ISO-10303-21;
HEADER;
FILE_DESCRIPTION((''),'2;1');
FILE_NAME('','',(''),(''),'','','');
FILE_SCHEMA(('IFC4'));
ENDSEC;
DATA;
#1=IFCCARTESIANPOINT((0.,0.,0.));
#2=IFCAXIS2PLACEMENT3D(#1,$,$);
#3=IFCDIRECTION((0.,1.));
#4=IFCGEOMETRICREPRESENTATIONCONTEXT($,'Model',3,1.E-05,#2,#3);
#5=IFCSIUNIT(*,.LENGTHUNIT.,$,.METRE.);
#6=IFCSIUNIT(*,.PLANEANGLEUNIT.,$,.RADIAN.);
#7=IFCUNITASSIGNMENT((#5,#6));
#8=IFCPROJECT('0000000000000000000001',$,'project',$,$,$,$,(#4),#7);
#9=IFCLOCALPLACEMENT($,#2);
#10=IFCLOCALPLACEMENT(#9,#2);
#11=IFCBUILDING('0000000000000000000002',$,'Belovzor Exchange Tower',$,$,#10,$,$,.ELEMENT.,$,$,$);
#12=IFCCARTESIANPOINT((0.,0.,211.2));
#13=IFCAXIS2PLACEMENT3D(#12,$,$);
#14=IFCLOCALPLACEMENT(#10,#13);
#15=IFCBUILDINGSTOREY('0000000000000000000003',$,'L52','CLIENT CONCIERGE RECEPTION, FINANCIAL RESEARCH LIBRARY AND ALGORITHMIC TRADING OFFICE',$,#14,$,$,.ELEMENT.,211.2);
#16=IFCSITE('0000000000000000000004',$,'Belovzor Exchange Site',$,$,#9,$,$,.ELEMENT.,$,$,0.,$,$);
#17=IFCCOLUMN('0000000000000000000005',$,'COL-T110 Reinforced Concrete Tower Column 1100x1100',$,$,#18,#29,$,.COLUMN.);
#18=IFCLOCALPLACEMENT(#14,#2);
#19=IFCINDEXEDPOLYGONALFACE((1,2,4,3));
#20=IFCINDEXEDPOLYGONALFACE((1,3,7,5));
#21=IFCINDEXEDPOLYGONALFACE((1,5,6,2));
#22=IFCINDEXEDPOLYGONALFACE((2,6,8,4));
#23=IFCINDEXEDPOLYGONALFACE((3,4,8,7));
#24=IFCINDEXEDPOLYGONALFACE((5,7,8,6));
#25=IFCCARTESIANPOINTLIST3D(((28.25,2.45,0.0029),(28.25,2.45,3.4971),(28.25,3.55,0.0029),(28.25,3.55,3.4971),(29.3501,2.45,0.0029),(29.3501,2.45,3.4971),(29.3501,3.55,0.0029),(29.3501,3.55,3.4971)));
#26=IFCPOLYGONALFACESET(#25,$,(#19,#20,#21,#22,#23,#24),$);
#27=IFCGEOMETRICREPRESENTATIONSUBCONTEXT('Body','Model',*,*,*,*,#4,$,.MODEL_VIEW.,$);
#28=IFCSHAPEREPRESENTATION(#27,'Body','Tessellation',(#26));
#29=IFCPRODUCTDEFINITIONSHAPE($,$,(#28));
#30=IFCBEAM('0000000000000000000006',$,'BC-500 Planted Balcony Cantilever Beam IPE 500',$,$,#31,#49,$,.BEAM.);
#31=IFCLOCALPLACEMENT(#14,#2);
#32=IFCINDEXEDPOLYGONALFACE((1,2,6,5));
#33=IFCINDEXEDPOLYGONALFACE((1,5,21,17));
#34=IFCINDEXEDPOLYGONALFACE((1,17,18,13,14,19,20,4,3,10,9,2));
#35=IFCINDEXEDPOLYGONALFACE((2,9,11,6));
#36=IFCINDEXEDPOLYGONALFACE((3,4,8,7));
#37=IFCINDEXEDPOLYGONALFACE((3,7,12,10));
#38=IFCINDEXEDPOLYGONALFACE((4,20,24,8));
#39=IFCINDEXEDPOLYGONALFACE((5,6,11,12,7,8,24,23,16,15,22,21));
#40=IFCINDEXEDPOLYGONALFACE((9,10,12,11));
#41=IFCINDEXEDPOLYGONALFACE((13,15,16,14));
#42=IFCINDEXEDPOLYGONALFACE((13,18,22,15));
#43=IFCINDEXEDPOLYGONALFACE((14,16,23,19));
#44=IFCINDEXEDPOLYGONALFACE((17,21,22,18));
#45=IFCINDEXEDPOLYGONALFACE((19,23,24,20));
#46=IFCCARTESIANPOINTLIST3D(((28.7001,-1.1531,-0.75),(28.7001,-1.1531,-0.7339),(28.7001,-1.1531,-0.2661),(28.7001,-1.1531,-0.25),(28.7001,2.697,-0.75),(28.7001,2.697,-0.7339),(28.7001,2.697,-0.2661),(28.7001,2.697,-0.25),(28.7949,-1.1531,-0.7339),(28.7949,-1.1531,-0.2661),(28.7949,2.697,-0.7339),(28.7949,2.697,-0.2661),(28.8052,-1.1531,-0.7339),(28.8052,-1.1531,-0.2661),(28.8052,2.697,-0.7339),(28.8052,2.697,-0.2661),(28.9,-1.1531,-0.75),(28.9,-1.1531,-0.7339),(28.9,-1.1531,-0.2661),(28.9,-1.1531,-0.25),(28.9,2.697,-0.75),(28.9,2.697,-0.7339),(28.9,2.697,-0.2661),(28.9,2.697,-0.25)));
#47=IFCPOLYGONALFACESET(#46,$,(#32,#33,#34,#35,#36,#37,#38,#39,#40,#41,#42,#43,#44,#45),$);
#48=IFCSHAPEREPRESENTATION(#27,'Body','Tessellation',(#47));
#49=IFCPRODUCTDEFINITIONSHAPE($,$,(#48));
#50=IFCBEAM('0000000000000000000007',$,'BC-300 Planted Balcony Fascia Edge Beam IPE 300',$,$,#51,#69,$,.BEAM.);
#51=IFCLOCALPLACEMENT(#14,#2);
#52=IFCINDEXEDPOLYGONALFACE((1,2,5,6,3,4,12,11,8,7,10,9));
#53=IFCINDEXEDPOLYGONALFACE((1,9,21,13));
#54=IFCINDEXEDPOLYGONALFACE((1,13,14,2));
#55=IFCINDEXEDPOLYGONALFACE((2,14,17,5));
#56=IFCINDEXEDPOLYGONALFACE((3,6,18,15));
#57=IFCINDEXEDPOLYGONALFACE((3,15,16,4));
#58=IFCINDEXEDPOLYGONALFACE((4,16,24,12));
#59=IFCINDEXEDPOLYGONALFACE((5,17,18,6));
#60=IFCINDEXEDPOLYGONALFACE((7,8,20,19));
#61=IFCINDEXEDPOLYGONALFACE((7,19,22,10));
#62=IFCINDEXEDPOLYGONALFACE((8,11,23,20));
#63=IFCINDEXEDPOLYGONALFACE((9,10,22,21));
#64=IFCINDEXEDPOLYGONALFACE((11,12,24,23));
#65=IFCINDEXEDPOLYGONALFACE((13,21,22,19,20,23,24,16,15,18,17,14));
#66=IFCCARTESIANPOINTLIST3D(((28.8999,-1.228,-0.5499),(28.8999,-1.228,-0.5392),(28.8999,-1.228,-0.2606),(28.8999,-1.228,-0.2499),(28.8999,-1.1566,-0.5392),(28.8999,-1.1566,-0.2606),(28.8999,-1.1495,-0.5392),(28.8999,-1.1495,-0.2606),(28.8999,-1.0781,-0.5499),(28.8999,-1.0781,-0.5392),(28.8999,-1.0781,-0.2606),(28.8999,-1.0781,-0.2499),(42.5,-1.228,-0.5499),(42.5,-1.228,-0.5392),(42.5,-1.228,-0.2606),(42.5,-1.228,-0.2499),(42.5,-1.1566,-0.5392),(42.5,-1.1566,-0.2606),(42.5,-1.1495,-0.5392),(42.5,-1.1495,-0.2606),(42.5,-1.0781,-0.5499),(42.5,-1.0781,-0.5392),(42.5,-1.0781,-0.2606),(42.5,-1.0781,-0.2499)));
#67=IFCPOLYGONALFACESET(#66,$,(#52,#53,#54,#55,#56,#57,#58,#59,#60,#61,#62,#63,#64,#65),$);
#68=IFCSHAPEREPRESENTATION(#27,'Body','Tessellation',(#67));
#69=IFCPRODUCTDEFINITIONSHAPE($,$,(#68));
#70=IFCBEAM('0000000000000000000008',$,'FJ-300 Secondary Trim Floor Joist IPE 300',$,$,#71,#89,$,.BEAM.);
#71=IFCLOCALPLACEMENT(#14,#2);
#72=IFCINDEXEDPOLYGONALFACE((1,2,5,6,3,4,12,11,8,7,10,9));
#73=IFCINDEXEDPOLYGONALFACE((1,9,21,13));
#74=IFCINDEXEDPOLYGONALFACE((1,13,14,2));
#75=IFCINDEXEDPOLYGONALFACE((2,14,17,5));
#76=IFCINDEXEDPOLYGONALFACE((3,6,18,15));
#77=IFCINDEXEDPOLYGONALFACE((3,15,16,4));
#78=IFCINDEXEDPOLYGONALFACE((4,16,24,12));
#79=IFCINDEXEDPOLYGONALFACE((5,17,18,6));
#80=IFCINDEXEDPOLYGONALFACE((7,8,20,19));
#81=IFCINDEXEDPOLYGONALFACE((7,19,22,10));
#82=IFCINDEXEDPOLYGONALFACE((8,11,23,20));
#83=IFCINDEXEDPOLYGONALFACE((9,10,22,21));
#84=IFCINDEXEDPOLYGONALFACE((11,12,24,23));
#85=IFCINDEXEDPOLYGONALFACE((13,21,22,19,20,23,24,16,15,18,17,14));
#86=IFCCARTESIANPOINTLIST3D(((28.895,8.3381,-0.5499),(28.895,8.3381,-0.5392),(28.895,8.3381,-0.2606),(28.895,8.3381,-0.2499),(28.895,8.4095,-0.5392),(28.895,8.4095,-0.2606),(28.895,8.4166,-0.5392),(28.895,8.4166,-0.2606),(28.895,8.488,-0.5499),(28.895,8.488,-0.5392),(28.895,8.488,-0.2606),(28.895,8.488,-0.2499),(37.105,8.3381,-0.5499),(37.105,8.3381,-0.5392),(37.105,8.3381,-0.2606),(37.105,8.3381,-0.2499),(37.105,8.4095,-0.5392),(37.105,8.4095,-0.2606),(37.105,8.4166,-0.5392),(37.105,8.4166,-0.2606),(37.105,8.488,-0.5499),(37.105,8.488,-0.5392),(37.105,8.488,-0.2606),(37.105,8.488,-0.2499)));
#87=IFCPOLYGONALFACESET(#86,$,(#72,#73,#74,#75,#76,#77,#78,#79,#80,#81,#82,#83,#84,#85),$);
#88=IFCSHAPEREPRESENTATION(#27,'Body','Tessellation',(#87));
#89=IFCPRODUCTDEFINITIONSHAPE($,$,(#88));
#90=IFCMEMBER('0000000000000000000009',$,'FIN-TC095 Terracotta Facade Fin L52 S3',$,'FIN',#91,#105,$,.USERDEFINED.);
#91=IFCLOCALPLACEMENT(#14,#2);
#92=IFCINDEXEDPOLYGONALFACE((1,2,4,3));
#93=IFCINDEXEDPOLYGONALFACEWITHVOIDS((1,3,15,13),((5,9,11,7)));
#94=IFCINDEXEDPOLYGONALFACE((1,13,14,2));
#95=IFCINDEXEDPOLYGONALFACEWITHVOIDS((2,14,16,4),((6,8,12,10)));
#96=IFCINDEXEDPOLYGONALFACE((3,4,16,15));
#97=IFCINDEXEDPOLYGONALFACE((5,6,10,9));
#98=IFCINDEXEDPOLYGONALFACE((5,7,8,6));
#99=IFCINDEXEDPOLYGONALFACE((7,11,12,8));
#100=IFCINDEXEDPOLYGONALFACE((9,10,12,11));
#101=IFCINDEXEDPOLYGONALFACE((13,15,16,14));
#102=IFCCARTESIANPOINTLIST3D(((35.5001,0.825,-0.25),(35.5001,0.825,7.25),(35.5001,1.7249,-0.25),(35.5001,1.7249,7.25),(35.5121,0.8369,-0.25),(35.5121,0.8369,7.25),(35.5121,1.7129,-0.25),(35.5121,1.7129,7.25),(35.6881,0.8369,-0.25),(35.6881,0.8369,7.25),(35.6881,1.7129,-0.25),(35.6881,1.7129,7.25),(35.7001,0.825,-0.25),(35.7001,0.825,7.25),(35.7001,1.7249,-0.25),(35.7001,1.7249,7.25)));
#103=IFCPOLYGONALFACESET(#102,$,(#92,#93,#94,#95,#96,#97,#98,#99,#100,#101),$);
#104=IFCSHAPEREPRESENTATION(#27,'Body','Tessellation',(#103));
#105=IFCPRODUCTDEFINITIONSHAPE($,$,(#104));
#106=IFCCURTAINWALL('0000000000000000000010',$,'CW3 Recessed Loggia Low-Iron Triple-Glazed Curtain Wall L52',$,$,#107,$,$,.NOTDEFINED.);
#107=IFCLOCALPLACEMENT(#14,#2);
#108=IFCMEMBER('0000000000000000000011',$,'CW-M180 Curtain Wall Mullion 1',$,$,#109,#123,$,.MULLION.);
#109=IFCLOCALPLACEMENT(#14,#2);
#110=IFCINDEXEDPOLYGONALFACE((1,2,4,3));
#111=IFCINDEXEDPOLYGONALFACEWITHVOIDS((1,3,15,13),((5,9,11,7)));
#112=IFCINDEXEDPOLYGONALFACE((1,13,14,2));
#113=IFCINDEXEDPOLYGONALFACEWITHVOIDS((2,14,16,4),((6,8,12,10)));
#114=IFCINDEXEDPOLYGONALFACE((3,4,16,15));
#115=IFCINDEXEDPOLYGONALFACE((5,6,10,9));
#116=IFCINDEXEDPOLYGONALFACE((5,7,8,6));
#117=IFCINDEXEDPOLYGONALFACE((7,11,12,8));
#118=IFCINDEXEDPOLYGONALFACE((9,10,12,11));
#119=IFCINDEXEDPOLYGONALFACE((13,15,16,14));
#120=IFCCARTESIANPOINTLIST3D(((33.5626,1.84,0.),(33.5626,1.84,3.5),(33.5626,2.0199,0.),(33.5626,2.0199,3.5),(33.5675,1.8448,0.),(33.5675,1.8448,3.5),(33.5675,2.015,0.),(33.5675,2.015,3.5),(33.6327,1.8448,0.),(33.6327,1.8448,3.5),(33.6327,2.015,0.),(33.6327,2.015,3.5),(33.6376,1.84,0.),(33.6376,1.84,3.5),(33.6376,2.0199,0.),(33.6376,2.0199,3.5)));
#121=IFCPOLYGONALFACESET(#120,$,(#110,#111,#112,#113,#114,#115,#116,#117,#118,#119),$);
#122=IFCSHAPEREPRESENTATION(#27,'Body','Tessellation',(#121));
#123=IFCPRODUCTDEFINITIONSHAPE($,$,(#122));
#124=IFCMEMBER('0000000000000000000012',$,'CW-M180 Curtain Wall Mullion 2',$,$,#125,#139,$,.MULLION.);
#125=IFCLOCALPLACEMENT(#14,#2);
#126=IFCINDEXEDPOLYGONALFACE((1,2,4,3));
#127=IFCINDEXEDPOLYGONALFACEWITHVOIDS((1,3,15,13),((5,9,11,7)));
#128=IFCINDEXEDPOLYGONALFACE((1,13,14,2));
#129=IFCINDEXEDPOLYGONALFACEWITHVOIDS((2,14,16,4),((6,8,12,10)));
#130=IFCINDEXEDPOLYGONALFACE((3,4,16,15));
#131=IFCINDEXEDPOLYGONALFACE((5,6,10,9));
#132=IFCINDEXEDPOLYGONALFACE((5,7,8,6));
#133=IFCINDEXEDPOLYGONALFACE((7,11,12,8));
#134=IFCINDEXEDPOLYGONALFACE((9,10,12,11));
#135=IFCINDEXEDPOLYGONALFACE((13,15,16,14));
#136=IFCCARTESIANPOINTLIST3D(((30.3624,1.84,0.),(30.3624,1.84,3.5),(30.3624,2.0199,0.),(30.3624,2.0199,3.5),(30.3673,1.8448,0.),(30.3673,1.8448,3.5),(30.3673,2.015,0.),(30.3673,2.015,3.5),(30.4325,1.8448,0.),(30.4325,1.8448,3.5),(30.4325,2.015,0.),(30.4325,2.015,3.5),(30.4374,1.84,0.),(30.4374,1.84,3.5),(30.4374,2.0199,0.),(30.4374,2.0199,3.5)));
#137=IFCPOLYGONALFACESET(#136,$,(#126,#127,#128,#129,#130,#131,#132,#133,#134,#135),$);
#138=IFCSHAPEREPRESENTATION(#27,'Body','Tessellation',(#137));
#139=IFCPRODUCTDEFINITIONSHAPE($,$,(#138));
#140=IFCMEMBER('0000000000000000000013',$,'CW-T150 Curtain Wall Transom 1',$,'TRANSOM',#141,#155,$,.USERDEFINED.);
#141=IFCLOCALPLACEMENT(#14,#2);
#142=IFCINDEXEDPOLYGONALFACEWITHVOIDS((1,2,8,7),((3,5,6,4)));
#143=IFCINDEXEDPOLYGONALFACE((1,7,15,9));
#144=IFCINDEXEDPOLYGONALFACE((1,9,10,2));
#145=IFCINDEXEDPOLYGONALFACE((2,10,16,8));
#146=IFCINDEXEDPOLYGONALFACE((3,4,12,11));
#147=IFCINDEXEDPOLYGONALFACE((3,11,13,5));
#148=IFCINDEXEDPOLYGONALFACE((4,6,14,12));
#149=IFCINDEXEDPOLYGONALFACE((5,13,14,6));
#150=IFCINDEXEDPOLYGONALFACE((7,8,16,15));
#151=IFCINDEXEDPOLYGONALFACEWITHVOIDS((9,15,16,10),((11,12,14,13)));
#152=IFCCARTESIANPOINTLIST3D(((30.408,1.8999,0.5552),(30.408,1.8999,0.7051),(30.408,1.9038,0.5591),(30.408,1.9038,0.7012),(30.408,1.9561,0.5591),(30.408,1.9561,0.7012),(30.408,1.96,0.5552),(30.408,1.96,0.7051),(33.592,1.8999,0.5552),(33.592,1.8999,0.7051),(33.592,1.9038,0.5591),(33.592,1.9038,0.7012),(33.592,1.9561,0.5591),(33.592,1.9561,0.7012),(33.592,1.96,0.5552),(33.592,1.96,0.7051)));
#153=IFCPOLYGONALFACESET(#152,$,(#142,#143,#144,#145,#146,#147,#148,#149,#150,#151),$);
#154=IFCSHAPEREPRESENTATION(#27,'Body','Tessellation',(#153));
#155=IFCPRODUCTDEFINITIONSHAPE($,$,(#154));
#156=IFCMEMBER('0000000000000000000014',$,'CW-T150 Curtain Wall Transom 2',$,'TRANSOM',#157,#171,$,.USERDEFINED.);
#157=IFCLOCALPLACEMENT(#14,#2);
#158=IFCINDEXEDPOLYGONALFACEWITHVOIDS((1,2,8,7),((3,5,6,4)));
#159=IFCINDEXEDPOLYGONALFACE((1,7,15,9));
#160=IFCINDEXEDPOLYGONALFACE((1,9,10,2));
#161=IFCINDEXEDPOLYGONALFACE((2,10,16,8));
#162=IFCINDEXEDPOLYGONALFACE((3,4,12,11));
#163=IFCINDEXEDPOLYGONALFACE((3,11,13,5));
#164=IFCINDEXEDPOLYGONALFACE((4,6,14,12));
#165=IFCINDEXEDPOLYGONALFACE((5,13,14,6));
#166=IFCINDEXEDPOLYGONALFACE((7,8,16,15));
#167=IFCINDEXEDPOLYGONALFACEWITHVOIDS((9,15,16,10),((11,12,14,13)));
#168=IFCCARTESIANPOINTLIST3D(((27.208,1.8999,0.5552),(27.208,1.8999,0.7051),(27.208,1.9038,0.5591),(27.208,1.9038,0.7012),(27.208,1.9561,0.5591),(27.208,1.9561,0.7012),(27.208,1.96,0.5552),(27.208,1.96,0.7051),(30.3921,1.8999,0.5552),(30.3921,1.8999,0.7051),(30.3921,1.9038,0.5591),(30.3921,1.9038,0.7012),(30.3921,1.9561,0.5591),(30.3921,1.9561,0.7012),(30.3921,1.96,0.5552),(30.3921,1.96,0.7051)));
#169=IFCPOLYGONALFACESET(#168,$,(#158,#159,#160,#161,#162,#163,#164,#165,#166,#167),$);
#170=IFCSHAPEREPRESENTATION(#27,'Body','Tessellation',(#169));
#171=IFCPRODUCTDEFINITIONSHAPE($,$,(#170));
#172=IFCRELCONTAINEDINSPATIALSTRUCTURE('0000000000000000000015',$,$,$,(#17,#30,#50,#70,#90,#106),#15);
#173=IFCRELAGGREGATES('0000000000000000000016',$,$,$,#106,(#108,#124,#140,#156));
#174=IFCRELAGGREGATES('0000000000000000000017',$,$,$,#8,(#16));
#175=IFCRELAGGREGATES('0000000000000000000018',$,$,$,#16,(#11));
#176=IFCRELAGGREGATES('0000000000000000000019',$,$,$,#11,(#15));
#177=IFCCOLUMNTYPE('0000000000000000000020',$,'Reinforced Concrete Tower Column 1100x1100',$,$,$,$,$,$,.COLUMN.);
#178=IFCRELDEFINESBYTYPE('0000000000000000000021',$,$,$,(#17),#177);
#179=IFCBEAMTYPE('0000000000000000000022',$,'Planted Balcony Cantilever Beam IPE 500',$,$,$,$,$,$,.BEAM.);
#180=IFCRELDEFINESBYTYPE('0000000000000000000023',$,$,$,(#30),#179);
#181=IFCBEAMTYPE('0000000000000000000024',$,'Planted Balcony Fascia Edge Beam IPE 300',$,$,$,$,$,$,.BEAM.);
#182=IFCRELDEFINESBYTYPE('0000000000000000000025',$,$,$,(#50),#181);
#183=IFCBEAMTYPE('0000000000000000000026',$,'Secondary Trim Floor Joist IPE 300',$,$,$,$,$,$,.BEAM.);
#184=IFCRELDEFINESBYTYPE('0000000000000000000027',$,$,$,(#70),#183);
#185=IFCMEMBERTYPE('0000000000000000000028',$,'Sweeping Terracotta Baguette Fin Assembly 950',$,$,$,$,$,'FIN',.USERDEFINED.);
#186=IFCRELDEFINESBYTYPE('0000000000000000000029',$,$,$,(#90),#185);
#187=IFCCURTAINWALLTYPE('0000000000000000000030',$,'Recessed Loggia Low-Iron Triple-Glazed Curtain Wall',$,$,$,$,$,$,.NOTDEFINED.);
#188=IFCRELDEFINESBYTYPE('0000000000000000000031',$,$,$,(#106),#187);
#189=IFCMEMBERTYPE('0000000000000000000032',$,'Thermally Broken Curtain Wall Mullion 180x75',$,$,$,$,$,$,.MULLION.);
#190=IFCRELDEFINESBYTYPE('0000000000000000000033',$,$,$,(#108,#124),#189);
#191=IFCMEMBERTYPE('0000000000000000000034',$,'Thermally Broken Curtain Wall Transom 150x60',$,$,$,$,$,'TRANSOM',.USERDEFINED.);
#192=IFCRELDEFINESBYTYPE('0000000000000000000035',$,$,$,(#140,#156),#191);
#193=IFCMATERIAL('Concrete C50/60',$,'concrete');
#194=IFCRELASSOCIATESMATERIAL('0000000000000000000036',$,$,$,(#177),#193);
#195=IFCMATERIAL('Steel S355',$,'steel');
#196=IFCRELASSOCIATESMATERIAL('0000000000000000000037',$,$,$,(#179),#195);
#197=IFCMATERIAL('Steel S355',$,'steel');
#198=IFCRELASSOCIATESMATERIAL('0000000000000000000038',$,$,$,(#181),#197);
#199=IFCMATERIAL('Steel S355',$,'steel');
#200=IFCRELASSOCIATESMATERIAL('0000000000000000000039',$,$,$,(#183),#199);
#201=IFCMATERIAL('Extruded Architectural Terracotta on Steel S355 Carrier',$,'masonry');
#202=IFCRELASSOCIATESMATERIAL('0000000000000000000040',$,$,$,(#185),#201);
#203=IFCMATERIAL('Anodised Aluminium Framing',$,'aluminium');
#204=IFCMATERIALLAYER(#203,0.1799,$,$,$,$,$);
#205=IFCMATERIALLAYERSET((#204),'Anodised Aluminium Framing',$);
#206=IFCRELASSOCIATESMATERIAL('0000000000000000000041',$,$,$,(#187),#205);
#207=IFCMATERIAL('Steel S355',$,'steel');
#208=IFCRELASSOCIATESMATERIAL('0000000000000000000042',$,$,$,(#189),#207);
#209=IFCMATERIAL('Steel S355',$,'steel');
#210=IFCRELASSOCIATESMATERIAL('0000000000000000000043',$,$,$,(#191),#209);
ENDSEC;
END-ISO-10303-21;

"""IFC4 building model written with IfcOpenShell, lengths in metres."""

from ifc_helpers import new_model, si_unit, direction, frame, origin, origin_2d, place, context, subcontext, project, spatial, rectangle, hollow_rectangle, i_section, extrude, material, layer, layer_set, material_profile, profile_set, type_object, element, aggregate, save


model = new_model("IFC4")

# Units and contexts
model_context = context("Model", 3, precision=1e-05, world=origin(), true_north=direction((0.0, 1.0)))
body_context = subcontext(model_context, "Body", "Model", "MODEL_VIEW")
ifc_project = project(units=[si_unit("LENGTHUNIT", "METRE"), si_unit("PLANEANGLEUNIT", "RADIAN")], contexts=[model_context])

# Site, building, storey
site_placement = place(None, origin())
site = spatial("IfcSite", under=ifc_project, at=site_placement, Name="Belovzor Exchange Site", CompositionType="ELEMENT", RefElevation=0.0)
building_placement = place(site_placement, origin())
building = spatial("IfcBuilding", under=site, at=building_placement, Name="Belovzor Exchange Tower", CompositionType="ELEMENT")
storey_placement = place(building_placement, frame((0.0, 0.0, 211.2)))
storey = spatial("IfcBuildingStorey", under=building, at=storey_placement, Name="L52", Description="CLIENT CONCIERGE RECEPTION, FINANCIAL RESEARCH LIBRARY AND ALGORITHMIC TRADING OFFICE", CompositionType="ELEMENT", Elevation=211.2)

# Column
ifc_material_1 = material(Name="Concrete C50/60", Category="concrete")
ifc_material_profile_1 = material_profile(ifc_material_1, rectangle(XDim=1.1001, YDim=1.1001, at=origin_2d()))
ifc_profile_set_1 = profile_set([ifc_material_profile_1], Name="Concrete C50/60")
column_type = type_object("IfcColumnType", Name="Reinforced Concrete Tower Column 1100x1100", PredefinedType="COLUMN", material=ifc_profile_set_1)
column_placement = place(storey_placement, frame((28.8, 3.0, 0.0029), z_axis=(0.0, 0.0, 1.0), x_axis=(1.0, 0.0, 0.0)))
element("IfcColumn", 1, at=column_placement, inside=storey, type_object=column_type, Name="COL-T110 Reinforced Concrete Tower Column 1100x1100", PredefinedType="COLUMN", context=body_context, shape_type="SweptSolid", body=[
    extrude(rectangle(XDim=1.1001, YDim=1.1001, at=origin_2d()), origin(), (0.0, 0.0, 1.0), 3.4941),
])

# Beams
ifc_material_2 = material(Name="Steel S355", Category="steel")
ifc_material_profile_2 = material_profile(ifc_material_2, i_section(OverallWidth=0.2, OverallDepth=0.5, WebThickness=0.0103, FlangeThickness=0.0161, at=origin_2d()))
ifc_profile_set_2 = profile_set([ifc_material_profile_2], Name="Steel S355")
beam_type_1 = type_object("IfcBeamType", Name="Planted Balcony Cantilever Beam IPE 500", PredefinedType="BEAM", material=ifc_profile_set_2)
beam_1_placement = place(storey_placement, frame((28.8, 2.697, -0.5), z_axis=(0.0, -1.0, 0.0), x_axis=(1.0, 0.0, 0.0)))
element("IfcBeam", 2, at=beam_1_placement, inside=storey, type_object=beam_type_1, Name="BC-500 Planted Balcony Cantilever Beam IPE 500", PredefinedType="BEAM", context=body_context, shape_type="SweptSolid", body=[
    extrude(i_section(OverallWidth=0.2, OverallDepth=0.5, WebThickness=0.0103, FlangeThickness=0.0161, at=origin_2d()), origin(), (0.0, 0.0, 1.0), 3.8501),
])
ifc_material_3 = material(Name="Steel S355", Category="steel")
ifc_material_profile_3 = material_profile(ifc_material_3, i_section(OverallWidth=0.1499, OverallDepth=0.3, WebThickness=0.0071, FlangeThickness=0.0107, at=origin_2d()))
ifc_profile_set_3 = profile_set([ifc_material_profile_3], Name="Steel S355")
beam_type_2 = type_object("IfcBeamType", Name="Planted Balcony Fascia Edge Beam IPE 300", PredefinedType="BEAM", material=ifc_profile_set_3)
beam_2_placement = place(storey_placement, frame((28.8999, -1.1531, -0.3999), z_axis=(1.0, 0.0, 0.0), x_axis=(0.0, 1.0, 0.0)))
element("IfcBeam", 3, at=beam_2_placement, inside=storey, type_object=beam_type_2, Name="BC-300 Planted Balcony Fascia Edge Beam IPE 300", PredefinedType="BEAM", context=body_context, shape_type="SweptSolid", body=[
    extrude(i_section(OverallWidth=0.1499, OverallDepth=0.3, WebThickness=0.0071, FlangeThickness=0.0107, at=origin_2d()), origin(), (0.0, 0.0, 1.0), 13.6001),
])
ifc_material_4 = material(Name="Steel S355", Category="steel")
ifc_material_profile_4 = material_profile(ifc_material_4, i_section(OverallWidth=0.1499, OverallDepth=0.3, WebThickness=0.0071, FlangeThickness=0.0107, at=origin_2d()))
ifc_profile_set_4 = profile_set([ifc_material_profile_4], Name="Steel S355")
beam_type_3 = type_object("IfcBeamType", Name="Secondary Trim Floor Joist IPE 300", PredefinedType="BEAM", material=ifc_profile_set_4)
beam_3_placement = place(storey_placement, frame((28.895, 8.4131, -0.3999), z_axis=(1.0, 0.0, 0.0), x_axis=(0.0, 1.0, 0.0)))
element("IfcBeam", 4, at=beam_3_placement, inside=storey, type_object=beam_type_3, Name="FJ-300 Secondary Trim Floor Joist IPE 300", PredefinedType="BEAM", context=body_context, shape_type="SweptSolid", body=[
    extrude(i_section(OverallWidth=0.1499, OverallDepth=0.3, WebThickness=0.0071, FlangeThickness=0.0107, at=origin_2d()), origin(), (0.0, 0.0, 1.0), 8.21),
])

# Member
ifc_material_5 = material(Name="Extruded Architectural Terracotta on Steel S355 Carrier", Category="masonry")
ifc_material_profile_5 = material_profile(ifc_material_5, hollow_rectangle(XDim=0.2, YDim=0.8999, WallThickness=0.012, at=origin_2d()))
ifc_profile_set_5 = profile_set([ifc_material_profile_5], Name="Extruded Architectural Terracotta on Steel S355 Carrier")
member_type_1 = type_object("IfcMemberType", Name="Sweeping Terracotta Baguette Fin Assembly 950", ElementType="FIN", PredefinedType="USERDEFINED", material=ifc_profile_set_5)
member_1_placement = place(storey_placement, frame((35.6001, 1.2749, -0.25), z_axis=(0.0, 0.0, 1.0), x_axis=(1.0, 0.0, 0.0)))
element("IfcMember", 5, at=member_1_placement, inside=storey, type_object=member_type_1, Name="FIN-TC095 Terracotta Facade Fin L52 S3", ObjectType="FIN", PredefinedType="USERDEFINED", context=body_context, shape_type="SweptSolid", body=[
    extrude(hollow_rectangle(XDim=0.2, YDim=0.8999, WallThickness=0.012, at=origin_2d()), origin(), (0.0, 0.0, 1.0), 7.5),
])

# Curtain wall, members
ifc_material_6 = material(Name="Anodised Aluminium Framing", Category="aluminium")
ifc_layer_1 = layer(ifc_material_6, 0.1799)
ifc_layer_set_1 = layer_set([ifc_layer_1], Name="Anodised Aluminium Framing")
curtain_wall_type = type_object("IfcCurtainWallType", Name="Recessed Loggia Low-Iron Triple-Glazed Curtain Wall", PredefinedType="NOTDEFINED", material=ifc_layer_set_1)
curtain_wall_placement = place(storey_placement, origin())
curtain_wall = element("IfcCurtainWall", 6, at=curtain_wall_placement, inside=storey, type_object=curtain_wall_type, Name="CW3 Recessed Loggia Low-Iron Triple-Glazed Curtain Wall L52", PredefinedType="NOTDEFINED")
ifc_material_7 = material(Name="Steel S355", Category="steel")
ifc_material_profile_6 = material_profile(ifc_material_7, hollow_rectangle(XDim=0.075, YDim=0.1799, WallThickness=0.0049, at=origin_2d()))
ifc_profile_set_6 = profile_set([ifc_material_profile_6], Name="Steel S355")
member_type_2 = type_object("IfcMemberType", Name="Thermally Broken Curtain Wall Mullion 180x75", PredefinedType="MULLION", material=ifc_profile_set_6)
member_2_placement = place(storey_placement, frame((33.6001, 1.9299, 0.0), z_axis=(0.0, 0.0, 1.0), x_axis=(-1.0, 0.0, 0.0)))
member_2 = element("IfcMember", 7, at=member_2_placement, type_object=member_type_2, Name="CW-M180 Curtain Wall Mullion 1", PredefinedType="MULLION", context=body_context, shape_type="SweptSolid", body=[
    extrude(hollow_rectangle(XDim=0.075, YDim=0.1799, WallThickness=0.0049, at=origin_2d()), origin(), (0.0, 0.0, 1.0), 3.5),
])
member_3_placement = place(storey_placement, frame((30.3999, 1.9299, 0.0), z_axis=(0.0, 0.0, 1.0), x_axis=(-1.0, 0.0, 0.0)))
member_3 = element("IfcMember", 8, at=member_3_placement, type_object=member_type_2, Name="CW-M180 Curtain Wall Mullion 2", PredefinedType="MULLION", context=body_context, shape_type="SweptSolid", body=[
    extrude(hollow_rectangle(XDim=0.075, YDim=0.1799, WallThickness=0.0049, at=origin_2d()), origin(), (0.0, 0.0, 1.0), 3.5),
])
ifc_material_8 = material(Name="Steel S355", Category="steel")
ifc_material_profile_7 = material_profile(ifc_material_8, hollow_rectangle(XDim=0.0601, YDim=0.1499, WallThickness=0.0039, at=origin_2d()))
ifc_profile_set_7 = profile_set([ifc_material_profile_7], Name="Steel S355")
member_type_3 = type_object("IfcMemberType", Name="Thermally Broken Curtain Wall Transom 150x60", ElementType="TRANSOM", PredefinedType="USERDEFINED", material=ifc_profile_set_7)
member_4_placement = place(storey_placement, frame((33.592, 1.9299, 0.6301), z_axis=(-1.0, 0.0, 0.0), x_axis=(0.0, -1.0, 0.0)))
member_4 = element("IfcMember", 9, at=member_4_placement, type_object=member_type_3, Name="CW-T150 Curtain Wall Transom 1", ObjectType="TRANSOM", PredefinedType="USERDEFINED", context=body_context, shape_type="SweptSolid", body=[
    extrude(hollow_rectangle(XDim=0.0601, YDim=0.1499, WallThickness=0.0039, at=origin_2d()), origin(), (0.0, 0.0, 1.0), 3.1841),
])
member_5_placement = place(storey_placement, frame((30.3921, 1.9299, 0.6301), z_axis=(-1.0, 0.0, 0.0), x_axis=(0.0, -1.0, 0.0)))
member_5 = element("IfcMember", 10, at=member_5_placement, type_object=member_type_3, Name="CW-T150 Curtain Wall Transom 2", ObjectType="TRANSOM", PredefinedType="USERDEFINED", context=body_context, shape_type="SweptSolid", body=[
    extrude(hollow_rectangle(XDim=0.0601, YDim=0.1499, WallThickness=0.0039, at=origin_2d()), origin(), (0.0, 0.0, 1.0), 3.1841),
])

aggregate(curtain_wall, [member_2, member_3, member_4, member_5])

save(model, "model.ifc")
